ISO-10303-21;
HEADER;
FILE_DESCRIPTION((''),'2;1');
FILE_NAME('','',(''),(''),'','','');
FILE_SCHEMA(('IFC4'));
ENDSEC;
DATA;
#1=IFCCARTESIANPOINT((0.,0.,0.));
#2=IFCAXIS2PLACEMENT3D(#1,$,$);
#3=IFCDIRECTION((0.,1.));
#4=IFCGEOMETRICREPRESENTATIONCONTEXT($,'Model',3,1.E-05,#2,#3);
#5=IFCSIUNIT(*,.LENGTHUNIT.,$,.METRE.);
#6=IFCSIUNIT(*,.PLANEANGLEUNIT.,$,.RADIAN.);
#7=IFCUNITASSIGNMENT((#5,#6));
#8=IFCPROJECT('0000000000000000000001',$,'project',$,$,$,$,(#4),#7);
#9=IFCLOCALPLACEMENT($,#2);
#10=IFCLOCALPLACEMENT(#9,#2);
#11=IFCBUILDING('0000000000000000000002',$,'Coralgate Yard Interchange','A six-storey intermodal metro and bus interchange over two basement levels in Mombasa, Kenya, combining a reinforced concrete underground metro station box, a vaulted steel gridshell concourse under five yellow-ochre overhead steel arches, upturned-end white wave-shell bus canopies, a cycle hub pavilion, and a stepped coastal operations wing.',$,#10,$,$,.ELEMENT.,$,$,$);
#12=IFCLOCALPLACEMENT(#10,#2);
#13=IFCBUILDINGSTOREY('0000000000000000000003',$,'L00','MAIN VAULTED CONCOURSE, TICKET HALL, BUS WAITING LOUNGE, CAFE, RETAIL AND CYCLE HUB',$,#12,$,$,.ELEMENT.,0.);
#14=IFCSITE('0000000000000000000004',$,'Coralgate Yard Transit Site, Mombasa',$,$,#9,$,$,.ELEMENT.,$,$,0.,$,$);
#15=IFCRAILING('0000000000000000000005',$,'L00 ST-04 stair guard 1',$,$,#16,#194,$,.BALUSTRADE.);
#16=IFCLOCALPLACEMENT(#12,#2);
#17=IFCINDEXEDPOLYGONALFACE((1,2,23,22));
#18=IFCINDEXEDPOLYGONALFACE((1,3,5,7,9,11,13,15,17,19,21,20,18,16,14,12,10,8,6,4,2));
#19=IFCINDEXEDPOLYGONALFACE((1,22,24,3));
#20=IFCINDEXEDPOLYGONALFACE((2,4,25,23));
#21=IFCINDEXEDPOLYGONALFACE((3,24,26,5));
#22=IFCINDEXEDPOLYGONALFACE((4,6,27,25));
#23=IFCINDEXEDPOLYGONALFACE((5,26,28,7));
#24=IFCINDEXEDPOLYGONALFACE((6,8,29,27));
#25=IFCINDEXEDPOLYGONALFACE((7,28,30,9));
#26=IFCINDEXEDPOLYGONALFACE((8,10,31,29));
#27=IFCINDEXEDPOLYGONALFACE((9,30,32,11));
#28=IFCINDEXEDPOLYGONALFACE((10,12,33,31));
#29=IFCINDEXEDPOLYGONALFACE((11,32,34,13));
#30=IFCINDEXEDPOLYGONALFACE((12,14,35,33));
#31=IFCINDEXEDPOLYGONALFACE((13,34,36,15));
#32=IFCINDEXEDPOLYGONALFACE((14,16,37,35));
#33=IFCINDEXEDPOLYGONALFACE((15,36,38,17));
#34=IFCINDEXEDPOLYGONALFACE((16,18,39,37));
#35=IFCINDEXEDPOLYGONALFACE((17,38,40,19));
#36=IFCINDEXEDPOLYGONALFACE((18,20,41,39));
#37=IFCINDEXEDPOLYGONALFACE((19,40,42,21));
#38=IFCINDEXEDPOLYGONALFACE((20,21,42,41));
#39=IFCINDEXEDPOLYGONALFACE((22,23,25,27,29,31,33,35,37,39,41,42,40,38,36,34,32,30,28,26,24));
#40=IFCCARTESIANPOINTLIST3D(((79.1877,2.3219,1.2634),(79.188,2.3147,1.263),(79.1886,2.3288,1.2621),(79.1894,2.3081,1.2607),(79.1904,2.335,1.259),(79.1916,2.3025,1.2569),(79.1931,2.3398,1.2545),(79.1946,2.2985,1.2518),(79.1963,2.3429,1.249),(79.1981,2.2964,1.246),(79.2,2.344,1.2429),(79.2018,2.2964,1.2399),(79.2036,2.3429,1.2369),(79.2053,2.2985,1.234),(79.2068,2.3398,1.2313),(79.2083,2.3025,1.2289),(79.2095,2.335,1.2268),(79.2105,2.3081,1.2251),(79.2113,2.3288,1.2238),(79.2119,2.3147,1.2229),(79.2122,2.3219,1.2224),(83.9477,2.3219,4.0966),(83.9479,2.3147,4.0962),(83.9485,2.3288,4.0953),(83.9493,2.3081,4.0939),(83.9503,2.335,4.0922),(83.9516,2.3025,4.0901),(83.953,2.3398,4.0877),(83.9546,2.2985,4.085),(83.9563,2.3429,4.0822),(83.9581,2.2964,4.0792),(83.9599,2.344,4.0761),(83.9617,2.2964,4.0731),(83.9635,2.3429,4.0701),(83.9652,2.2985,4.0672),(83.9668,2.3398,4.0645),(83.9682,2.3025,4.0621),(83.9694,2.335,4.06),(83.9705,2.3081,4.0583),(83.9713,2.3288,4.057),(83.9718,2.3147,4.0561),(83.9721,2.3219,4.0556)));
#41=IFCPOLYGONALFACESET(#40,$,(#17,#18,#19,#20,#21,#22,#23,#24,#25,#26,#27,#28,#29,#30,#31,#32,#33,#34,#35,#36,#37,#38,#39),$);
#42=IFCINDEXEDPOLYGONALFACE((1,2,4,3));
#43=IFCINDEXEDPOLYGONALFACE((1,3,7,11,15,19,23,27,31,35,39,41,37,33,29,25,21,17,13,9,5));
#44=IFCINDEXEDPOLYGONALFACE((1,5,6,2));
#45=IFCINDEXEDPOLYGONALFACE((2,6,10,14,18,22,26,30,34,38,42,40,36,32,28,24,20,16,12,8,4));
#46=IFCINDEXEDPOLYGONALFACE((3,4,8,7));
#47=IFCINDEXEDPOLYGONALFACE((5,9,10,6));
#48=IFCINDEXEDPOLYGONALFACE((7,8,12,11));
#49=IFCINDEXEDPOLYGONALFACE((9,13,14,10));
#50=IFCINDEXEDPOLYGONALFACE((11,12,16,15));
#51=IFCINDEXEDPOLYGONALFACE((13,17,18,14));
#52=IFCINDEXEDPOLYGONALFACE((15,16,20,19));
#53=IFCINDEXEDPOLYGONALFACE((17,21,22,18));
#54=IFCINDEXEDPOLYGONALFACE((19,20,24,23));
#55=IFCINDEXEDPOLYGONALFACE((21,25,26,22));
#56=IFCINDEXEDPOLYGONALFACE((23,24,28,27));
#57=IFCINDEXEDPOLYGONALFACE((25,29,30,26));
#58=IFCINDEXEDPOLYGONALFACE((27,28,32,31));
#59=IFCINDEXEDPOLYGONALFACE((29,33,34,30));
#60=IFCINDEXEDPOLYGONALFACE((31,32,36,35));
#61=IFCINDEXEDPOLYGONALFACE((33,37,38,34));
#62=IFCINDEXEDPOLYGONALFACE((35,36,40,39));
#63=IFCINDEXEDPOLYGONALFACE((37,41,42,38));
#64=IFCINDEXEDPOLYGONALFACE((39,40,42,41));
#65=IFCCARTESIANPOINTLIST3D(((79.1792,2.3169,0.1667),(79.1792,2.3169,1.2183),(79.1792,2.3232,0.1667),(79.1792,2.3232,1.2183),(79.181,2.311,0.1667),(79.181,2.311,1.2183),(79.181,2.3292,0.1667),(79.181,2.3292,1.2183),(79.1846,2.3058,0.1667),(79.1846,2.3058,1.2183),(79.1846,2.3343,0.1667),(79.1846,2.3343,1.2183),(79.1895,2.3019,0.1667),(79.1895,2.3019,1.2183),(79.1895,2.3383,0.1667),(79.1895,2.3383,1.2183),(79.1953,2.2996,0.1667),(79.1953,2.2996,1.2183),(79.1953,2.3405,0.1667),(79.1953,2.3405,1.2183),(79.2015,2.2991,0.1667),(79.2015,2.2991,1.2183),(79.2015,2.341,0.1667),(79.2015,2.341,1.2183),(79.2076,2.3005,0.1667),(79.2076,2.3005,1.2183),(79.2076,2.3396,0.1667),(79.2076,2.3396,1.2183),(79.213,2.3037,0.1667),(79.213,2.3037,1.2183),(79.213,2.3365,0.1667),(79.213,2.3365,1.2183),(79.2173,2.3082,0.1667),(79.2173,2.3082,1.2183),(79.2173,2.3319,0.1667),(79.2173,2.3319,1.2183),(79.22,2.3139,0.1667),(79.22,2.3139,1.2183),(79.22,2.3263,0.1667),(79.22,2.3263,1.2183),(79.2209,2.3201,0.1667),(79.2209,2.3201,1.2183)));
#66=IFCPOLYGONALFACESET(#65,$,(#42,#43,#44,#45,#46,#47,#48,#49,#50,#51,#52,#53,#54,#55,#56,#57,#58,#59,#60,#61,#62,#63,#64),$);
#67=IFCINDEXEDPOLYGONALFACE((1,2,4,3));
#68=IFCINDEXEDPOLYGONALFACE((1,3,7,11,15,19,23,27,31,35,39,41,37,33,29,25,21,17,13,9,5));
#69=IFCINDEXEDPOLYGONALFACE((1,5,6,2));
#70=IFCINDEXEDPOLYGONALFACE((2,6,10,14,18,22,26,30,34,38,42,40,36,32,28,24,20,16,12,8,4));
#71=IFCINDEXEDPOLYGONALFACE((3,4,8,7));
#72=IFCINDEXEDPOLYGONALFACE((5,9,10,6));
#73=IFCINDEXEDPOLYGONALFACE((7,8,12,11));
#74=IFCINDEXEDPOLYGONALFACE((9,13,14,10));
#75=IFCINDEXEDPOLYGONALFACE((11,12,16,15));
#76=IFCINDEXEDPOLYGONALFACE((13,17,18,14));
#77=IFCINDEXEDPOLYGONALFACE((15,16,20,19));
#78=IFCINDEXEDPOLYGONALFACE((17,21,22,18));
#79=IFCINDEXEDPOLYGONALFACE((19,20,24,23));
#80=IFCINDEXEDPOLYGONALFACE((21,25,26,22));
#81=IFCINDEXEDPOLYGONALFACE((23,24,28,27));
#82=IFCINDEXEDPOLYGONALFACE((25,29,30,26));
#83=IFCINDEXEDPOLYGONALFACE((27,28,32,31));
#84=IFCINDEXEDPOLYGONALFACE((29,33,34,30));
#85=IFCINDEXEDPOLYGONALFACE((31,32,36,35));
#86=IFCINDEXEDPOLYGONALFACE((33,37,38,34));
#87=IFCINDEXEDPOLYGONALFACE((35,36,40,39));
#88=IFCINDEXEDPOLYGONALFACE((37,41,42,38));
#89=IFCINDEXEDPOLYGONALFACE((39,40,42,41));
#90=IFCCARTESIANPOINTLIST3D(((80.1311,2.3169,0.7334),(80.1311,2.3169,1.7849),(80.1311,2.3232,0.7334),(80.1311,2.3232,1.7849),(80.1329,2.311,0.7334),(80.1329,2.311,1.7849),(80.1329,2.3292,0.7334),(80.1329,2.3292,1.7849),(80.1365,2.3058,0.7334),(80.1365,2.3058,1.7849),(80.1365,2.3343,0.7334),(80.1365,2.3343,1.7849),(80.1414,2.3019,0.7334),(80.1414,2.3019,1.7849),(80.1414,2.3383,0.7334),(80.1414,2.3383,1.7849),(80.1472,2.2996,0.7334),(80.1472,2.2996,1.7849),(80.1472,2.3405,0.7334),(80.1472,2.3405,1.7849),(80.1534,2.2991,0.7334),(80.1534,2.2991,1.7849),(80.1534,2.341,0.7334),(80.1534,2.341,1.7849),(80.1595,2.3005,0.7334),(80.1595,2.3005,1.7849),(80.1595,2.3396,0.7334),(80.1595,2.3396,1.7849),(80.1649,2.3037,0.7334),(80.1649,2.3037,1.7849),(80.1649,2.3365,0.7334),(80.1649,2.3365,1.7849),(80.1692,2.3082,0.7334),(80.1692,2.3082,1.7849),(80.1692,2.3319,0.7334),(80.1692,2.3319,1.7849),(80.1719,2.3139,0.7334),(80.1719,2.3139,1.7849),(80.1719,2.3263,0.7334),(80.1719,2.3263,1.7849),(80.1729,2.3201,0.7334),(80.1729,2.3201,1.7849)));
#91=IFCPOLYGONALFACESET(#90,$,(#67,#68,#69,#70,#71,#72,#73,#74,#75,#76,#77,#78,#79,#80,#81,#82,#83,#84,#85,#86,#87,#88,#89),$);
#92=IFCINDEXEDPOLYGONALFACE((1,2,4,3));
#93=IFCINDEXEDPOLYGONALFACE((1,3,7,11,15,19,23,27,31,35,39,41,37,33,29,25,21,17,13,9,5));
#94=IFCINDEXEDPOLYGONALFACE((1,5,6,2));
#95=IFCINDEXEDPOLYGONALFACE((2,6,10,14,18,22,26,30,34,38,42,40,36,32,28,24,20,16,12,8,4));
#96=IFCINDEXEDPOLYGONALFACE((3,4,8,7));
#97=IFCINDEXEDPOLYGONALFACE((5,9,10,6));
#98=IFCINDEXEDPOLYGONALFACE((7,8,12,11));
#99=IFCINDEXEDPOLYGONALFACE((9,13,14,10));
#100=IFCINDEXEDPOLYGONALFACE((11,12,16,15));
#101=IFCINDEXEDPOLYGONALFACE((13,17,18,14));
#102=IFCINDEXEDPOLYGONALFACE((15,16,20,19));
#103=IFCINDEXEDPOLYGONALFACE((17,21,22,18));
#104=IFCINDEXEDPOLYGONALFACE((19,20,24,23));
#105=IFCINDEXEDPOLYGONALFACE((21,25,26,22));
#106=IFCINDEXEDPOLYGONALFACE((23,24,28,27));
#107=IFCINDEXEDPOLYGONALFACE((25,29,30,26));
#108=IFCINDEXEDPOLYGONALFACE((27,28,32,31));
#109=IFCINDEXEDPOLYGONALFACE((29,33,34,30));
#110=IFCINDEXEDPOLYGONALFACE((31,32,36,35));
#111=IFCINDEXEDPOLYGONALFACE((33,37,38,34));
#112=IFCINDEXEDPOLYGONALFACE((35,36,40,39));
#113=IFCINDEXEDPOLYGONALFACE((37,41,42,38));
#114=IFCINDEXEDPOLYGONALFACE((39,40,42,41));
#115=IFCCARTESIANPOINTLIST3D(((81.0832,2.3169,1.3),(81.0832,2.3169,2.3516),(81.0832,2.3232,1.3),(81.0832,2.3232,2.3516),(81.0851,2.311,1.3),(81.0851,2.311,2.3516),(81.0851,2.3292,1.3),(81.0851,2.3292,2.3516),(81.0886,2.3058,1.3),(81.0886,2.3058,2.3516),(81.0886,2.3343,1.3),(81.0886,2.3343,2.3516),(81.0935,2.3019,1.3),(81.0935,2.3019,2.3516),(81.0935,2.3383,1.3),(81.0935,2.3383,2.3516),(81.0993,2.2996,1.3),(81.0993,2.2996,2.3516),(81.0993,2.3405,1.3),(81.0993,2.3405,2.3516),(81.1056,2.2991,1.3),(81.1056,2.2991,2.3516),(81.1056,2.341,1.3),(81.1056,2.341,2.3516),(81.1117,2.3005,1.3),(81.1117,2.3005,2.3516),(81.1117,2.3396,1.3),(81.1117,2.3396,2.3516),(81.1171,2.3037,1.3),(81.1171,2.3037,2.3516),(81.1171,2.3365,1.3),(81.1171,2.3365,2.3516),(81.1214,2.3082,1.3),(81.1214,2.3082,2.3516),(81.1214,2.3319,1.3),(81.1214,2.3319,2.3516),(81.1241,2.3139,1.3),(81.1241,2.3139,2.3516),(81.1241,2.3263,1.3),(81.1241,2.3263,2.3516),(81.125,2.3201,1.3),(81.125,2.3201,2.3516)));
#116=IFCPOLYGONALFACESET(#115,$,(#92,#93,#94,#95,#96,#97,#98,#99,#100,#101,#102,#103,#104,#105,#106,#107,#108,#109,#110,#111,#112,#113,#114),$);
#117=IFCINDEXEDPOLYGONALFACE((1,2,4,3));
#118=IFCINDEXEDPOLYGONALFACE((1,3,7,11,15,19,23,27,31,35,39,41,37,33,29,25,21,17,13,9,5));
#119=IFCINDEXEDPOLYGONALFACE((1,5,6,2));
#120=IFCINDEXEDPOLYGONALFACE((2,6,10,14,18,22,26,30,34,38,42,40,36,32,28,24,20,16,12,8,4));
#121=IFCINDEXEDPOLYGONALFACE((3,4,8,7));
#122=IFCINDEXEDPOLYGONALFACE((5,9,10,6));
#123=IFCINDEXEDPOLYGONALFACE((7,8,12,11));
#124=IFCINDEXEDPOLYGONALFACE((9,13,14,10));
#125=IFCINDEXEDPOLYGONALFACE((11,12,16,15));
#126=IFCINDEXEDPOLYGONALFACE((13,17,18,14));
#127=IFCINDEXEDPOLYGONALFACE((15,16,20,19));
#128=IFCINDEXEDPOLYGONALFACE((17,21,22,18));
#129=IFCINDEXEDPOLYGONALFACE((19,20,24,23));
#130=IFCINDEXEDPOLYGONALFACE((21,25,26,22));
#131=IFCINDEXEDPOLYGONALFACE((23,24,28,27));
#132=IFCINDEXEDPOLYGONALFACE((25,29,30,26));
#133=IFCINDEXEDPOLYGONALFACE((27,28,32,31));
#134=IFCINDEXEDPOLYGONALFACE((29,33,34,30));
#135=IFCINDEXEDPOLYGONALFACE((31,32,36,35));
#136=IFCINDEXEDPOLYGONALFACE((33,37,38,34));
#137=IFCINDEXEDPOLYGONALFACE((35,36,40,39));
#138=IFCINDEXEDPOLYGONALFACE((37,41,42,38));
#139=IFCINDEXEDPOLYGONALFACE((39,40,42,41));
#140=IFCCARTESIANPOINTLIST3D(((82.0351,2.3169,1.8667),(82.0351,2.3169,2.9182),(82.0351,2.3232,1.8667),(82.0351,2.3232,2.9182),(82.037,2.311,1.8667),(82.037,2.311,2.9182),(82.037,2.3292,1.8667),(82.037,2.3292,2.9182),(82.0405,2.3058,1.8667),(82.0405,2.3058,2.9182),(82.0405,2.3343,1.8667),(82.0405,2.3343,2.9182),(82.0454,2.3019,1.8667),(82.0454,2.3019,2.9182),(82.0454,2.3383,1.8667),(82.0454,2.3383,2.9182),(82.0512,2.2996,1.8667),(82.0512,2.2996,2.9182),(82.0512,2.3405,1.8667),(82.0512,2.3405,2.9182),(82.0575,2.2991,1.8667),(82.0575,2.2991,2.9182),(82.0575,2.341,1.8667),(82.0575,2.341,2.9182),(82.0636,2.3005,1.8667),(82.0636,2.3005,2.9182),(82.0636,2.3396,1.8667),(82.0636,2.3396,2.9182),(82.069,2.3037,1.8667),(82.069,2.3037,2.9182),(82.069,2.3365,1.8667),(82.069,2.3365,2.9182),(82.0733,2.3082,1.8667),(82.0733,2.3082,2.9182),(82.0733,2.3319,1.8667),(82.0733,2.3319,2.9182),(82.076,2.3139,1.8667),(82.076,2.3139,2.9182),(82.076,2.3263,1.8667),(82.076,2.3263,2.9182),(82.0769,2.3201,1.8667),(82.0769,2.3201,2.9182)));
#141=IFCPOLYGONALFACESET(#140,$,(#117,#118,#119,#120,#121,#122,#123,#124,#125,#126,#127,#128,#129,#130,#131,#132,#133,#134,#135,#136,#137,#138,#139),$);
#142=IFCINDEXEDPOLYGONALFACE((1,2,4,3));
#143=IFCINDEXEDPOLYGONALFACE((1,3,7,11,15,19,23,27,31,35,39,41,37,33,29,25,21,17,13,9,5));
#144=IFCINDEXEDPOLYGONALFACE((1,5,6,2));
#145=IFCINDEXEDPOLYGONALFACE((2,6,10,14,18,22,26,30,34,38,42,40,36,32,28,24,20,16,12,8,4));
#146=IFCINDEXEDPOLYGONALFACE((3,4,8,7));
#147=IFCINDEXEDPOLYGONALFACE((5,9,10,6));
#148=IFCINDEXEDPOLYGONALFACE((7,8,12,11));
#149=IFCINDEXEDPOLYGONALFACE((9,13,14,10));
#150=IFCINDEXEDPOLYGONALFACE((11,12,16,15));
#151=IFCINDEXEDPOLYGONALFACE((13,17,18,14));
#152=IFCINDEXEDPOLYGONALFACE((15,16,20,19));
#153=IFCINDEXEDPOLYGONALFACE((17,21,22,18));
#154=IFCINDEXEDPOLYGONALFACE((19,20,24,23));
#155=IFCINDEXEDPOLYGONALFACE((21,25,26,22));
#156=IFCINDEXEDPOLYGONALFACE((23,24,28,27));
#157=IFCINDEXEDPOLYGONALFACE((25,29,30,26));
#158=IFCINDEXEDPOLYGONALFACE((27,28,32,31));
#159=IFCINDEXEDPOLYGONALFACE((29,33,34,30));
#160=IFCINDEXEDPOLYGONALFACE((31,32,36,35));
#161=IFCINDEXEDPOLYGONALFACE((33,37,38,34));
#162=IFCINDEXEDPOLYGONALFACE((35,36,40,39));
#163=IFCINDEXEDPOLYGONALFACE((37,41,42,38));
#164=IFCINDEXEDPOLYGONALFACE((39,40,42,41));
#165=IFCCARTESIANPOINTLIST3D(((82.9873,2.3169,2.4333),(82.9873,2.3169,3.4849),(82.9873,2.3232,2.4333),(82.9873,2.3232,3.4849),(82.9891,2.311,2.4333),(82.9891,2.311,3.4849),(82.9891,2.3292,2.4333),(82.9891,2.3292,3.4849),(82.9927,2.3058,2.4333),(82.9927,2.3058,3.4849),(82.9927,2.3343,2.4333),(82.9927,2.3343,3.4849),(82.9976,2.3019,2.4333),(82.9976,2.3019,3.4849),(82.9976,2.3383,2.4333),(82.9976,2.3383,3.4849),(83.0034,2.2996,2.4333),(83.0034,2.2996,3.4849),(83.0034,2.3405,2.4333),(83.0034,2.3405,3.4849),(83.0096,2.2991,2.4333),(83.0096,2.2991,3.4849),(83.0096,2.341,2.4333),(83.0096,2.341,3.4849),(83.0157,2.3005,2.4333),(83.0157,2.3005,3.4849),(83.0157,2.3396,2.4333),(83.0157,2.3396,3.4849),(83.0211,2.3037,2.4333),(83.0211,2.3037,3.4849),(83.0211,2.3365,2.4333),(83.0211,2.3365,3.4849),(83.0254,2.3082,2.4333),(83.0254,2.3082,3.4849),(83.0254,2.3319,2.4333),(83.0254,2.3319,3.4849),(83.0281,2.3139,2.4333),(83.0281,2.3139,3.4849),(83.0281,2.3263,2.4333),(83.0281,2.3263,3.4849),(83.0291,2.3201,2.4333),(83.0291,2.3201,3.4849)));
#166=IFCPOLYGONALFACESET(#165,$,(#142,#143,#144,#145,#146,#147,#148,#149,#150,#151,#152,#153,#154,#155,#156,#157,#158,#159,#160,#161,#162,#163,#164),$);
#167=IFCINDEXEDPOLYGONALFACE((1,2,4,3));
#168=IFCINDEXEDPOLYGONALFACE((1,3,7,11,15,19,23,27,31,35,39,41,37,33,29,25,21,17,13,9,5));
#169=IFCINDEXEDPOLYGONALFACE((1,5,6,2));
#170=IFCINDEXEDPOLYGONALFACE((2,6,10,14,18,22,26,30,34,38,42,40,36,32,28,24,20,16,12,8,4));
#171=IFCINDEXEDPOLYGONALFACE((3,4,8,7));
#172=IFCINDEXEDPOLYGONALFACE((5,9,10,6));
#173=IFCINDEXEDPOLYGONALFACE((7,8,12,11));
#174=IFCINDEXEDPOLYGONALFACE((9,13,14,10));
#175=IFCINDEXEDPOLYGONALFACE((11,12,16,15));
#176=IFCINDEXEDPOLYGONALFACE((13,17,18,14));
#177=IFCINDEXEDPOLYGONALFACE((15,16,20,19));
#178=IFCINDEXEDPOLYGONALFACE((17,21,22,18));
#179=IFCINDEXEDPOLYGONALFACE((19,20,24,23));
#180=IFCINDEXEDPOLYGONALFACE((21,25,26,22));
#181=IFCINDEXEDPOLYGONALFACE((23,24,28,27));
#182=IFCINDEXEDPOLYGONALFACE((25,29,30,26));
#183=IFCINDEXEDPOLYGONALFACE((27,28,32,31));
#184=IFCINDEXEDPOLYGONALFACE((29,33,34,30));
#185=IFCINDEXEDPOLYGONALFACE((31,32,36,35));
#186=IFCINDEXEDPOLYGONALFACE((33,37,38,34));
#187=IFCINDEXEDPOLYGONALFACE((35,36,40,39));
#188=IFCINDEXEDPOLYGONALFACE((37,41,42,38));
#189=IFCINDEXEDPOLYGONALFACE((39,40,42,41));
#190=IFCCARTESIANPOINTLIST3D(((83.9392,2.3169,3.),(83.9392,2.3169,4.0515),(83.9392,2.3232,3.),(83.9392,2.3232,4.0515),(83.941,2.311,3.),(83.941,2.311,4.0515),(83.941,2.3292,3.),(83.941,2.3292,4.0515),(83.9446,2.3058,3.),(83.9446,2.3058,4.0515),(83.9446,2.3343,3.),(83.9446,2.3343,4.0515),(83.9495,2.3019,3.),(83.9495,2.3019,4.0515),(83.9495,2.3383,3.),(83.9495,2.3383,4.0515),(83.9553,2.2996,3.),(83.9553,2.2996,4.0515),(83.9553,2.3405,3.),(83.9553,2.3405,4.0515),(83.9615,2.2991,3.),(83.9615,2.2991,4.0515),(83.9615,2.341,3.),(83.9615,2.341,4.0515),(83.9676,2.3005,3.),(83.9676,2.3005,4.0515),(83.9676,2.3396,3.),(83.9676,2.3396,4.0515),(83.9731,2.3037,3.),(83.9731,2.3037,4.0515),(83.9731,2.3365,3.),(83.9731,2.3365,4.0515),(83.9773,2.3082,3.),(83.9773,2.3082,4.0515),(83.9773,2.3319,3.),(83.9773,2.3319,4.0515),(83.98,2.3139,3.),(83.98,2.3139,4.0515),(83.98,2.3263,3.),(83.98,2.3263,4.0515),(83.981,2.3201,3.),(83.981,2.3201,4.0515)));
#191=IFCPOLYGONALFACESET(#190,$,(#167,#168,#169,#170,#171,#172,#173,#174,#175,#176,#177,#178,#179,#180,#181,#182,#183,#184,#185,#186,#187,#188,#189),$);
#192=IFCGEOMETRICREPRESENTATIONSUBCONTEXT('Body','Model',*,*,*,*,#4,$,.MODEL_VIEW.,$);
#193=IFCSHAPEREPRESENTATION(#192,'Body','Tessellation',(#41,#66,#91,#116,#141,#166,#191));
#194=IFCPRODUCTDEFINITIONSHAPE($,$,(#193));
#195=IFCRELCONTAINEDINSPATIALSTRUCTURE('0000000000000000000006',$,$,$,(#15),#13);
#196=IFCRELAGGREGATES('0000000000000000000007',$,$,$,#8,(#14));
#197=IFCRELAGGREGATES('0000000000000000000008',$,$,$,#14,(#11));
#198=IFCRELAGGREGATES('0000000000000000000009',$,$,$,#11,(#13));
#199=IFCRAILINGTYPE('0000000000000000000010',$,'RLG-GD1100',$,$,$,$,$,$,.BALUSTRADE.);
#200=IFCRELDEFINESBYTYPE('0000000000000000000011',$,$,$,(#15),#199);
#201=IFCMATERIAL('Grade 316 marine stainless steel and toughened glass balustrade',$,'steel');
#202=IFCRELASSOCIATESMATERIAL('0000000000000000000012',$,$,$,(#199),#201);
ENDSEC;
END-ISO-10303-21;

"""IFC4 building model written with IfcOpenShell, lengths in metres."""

from ifc_helpers import new_model, si_unit, direction, frame, origin, origin_2d, place, context, subcontext, project, spatial, circle, extrude, material, type_object, element, save


model = new_model("IFC4")

# Units and contexts
model_context = context("Model", 3, precision=1e-05, world=origin(), true_north=direction((0.0, 1.0)))
body_context = subcontext(model_context, "Body", "Model", "MODEL_VIEW")
ifc_project = project(units=[si_unit("LENGTHUNIT", "METRE"), si_unit("PLANEANGLEUNIT", "RADIAN")], contexts=[model_context])

# Site, building, storey
site_placement = place(None, origin())
site = spatial("IfcSite", under=ifc_project, at=site_placement, Name="Coralgate Yard Transit Site, Mombasa", CompositionType="ELEMENT", RefElevation=0.0)
building_placement = place(site_placement, origin())
building = spatial("IfcBuilding", under=site, at=building_placement, Name="Coralgate Yard Interchange", Description="A six-storey intermodal metro and bus interchange over two basement levels in Mombasa, Kenya, combining a reinforced concrete underground metro station box, a vaulted steel gridshell concourse under five yellow-ochre overhead steel arches, upturned-end white wave-shell bus canopies, a cycle hub pavilion, and a stepped coastal operations wing.", CompositionType="ELEMENT")
storey_placement = place(building_placement, origin())
storey = spatial("IfcBuildingStorey", under=building, at=storey_placement, Name="L00", Description="MAIN VAULTED CONCOURSE, TICKET HALL, BUS WAITING LOUNGE, CAFE, RETAIL AND CYCLE HUB", CompositionType="ELEMENT", Elevation=0.0)

# Railing
ifc_material_1 = material(Name="Grade 316 marine stainless steel and toughened glass balustrade", Category="steel")
railing_type_1 = type_object("IfcRailingType", Name="RLG-GD1100", PredefinedType="BALUSTRADE", material=ifc_material_1)
railing_1_placement = place(storey_placement, frame((79.2, 2.3201, 0.1667)))
element("IfcRailing", 1, at=railing_1_placement, inside=storey, type_object=railing_type_1, Name="L00 ST-04 stair guard 1", PredefinedType="BALUSTRADE", context=body_context, shape_type="SweptSolid", body=[
    extrude(circle(Radius=0.0239, at=origin_2d()), frame((0.0, 0.0, 1.0762), z_axis=(0.8593, 0.0, 0.511472), x_axis=(0.0, 1.0, 0.0)), (0.0, 0.0, 1.0), 5.5393),
    extrude(circle(Radius=0.021, at=origin_2d()), origin(), (0.0, 0.0, 1.0), 1.0515),
    extrude(circle(Radius=0.021, at=origin_2d()), frame((0.9519, 0.0, 0.5667)), (0.0, 0.0, 1.0), 1.0515),
    extrude(circle(Radius=0.021, at=origin_2d()), frame((1.9041, 0.0, 1.1333)), (0.0, 0.0, 1.0), 1.0515),
    extrude(circle(Radius=0.021, at=origin_2d()), frame((2.856, 0.0, 1.7)), (0.0, 0.0, 1.0), 1.0515),
    extrude(circle(Radius=0.021, at=origin_2d()), frame((3.8081, 0.0, 2.2666)), (0.0, 0.0, 1.0), 1.0515),
    extrude(circle(Radius=0.021, at=origin_2d()), frame((4.76, 0.0, 2.8333)), (0.0, 0.0, 1.0), 1.0515),
])

save(model, "model.ifc")
